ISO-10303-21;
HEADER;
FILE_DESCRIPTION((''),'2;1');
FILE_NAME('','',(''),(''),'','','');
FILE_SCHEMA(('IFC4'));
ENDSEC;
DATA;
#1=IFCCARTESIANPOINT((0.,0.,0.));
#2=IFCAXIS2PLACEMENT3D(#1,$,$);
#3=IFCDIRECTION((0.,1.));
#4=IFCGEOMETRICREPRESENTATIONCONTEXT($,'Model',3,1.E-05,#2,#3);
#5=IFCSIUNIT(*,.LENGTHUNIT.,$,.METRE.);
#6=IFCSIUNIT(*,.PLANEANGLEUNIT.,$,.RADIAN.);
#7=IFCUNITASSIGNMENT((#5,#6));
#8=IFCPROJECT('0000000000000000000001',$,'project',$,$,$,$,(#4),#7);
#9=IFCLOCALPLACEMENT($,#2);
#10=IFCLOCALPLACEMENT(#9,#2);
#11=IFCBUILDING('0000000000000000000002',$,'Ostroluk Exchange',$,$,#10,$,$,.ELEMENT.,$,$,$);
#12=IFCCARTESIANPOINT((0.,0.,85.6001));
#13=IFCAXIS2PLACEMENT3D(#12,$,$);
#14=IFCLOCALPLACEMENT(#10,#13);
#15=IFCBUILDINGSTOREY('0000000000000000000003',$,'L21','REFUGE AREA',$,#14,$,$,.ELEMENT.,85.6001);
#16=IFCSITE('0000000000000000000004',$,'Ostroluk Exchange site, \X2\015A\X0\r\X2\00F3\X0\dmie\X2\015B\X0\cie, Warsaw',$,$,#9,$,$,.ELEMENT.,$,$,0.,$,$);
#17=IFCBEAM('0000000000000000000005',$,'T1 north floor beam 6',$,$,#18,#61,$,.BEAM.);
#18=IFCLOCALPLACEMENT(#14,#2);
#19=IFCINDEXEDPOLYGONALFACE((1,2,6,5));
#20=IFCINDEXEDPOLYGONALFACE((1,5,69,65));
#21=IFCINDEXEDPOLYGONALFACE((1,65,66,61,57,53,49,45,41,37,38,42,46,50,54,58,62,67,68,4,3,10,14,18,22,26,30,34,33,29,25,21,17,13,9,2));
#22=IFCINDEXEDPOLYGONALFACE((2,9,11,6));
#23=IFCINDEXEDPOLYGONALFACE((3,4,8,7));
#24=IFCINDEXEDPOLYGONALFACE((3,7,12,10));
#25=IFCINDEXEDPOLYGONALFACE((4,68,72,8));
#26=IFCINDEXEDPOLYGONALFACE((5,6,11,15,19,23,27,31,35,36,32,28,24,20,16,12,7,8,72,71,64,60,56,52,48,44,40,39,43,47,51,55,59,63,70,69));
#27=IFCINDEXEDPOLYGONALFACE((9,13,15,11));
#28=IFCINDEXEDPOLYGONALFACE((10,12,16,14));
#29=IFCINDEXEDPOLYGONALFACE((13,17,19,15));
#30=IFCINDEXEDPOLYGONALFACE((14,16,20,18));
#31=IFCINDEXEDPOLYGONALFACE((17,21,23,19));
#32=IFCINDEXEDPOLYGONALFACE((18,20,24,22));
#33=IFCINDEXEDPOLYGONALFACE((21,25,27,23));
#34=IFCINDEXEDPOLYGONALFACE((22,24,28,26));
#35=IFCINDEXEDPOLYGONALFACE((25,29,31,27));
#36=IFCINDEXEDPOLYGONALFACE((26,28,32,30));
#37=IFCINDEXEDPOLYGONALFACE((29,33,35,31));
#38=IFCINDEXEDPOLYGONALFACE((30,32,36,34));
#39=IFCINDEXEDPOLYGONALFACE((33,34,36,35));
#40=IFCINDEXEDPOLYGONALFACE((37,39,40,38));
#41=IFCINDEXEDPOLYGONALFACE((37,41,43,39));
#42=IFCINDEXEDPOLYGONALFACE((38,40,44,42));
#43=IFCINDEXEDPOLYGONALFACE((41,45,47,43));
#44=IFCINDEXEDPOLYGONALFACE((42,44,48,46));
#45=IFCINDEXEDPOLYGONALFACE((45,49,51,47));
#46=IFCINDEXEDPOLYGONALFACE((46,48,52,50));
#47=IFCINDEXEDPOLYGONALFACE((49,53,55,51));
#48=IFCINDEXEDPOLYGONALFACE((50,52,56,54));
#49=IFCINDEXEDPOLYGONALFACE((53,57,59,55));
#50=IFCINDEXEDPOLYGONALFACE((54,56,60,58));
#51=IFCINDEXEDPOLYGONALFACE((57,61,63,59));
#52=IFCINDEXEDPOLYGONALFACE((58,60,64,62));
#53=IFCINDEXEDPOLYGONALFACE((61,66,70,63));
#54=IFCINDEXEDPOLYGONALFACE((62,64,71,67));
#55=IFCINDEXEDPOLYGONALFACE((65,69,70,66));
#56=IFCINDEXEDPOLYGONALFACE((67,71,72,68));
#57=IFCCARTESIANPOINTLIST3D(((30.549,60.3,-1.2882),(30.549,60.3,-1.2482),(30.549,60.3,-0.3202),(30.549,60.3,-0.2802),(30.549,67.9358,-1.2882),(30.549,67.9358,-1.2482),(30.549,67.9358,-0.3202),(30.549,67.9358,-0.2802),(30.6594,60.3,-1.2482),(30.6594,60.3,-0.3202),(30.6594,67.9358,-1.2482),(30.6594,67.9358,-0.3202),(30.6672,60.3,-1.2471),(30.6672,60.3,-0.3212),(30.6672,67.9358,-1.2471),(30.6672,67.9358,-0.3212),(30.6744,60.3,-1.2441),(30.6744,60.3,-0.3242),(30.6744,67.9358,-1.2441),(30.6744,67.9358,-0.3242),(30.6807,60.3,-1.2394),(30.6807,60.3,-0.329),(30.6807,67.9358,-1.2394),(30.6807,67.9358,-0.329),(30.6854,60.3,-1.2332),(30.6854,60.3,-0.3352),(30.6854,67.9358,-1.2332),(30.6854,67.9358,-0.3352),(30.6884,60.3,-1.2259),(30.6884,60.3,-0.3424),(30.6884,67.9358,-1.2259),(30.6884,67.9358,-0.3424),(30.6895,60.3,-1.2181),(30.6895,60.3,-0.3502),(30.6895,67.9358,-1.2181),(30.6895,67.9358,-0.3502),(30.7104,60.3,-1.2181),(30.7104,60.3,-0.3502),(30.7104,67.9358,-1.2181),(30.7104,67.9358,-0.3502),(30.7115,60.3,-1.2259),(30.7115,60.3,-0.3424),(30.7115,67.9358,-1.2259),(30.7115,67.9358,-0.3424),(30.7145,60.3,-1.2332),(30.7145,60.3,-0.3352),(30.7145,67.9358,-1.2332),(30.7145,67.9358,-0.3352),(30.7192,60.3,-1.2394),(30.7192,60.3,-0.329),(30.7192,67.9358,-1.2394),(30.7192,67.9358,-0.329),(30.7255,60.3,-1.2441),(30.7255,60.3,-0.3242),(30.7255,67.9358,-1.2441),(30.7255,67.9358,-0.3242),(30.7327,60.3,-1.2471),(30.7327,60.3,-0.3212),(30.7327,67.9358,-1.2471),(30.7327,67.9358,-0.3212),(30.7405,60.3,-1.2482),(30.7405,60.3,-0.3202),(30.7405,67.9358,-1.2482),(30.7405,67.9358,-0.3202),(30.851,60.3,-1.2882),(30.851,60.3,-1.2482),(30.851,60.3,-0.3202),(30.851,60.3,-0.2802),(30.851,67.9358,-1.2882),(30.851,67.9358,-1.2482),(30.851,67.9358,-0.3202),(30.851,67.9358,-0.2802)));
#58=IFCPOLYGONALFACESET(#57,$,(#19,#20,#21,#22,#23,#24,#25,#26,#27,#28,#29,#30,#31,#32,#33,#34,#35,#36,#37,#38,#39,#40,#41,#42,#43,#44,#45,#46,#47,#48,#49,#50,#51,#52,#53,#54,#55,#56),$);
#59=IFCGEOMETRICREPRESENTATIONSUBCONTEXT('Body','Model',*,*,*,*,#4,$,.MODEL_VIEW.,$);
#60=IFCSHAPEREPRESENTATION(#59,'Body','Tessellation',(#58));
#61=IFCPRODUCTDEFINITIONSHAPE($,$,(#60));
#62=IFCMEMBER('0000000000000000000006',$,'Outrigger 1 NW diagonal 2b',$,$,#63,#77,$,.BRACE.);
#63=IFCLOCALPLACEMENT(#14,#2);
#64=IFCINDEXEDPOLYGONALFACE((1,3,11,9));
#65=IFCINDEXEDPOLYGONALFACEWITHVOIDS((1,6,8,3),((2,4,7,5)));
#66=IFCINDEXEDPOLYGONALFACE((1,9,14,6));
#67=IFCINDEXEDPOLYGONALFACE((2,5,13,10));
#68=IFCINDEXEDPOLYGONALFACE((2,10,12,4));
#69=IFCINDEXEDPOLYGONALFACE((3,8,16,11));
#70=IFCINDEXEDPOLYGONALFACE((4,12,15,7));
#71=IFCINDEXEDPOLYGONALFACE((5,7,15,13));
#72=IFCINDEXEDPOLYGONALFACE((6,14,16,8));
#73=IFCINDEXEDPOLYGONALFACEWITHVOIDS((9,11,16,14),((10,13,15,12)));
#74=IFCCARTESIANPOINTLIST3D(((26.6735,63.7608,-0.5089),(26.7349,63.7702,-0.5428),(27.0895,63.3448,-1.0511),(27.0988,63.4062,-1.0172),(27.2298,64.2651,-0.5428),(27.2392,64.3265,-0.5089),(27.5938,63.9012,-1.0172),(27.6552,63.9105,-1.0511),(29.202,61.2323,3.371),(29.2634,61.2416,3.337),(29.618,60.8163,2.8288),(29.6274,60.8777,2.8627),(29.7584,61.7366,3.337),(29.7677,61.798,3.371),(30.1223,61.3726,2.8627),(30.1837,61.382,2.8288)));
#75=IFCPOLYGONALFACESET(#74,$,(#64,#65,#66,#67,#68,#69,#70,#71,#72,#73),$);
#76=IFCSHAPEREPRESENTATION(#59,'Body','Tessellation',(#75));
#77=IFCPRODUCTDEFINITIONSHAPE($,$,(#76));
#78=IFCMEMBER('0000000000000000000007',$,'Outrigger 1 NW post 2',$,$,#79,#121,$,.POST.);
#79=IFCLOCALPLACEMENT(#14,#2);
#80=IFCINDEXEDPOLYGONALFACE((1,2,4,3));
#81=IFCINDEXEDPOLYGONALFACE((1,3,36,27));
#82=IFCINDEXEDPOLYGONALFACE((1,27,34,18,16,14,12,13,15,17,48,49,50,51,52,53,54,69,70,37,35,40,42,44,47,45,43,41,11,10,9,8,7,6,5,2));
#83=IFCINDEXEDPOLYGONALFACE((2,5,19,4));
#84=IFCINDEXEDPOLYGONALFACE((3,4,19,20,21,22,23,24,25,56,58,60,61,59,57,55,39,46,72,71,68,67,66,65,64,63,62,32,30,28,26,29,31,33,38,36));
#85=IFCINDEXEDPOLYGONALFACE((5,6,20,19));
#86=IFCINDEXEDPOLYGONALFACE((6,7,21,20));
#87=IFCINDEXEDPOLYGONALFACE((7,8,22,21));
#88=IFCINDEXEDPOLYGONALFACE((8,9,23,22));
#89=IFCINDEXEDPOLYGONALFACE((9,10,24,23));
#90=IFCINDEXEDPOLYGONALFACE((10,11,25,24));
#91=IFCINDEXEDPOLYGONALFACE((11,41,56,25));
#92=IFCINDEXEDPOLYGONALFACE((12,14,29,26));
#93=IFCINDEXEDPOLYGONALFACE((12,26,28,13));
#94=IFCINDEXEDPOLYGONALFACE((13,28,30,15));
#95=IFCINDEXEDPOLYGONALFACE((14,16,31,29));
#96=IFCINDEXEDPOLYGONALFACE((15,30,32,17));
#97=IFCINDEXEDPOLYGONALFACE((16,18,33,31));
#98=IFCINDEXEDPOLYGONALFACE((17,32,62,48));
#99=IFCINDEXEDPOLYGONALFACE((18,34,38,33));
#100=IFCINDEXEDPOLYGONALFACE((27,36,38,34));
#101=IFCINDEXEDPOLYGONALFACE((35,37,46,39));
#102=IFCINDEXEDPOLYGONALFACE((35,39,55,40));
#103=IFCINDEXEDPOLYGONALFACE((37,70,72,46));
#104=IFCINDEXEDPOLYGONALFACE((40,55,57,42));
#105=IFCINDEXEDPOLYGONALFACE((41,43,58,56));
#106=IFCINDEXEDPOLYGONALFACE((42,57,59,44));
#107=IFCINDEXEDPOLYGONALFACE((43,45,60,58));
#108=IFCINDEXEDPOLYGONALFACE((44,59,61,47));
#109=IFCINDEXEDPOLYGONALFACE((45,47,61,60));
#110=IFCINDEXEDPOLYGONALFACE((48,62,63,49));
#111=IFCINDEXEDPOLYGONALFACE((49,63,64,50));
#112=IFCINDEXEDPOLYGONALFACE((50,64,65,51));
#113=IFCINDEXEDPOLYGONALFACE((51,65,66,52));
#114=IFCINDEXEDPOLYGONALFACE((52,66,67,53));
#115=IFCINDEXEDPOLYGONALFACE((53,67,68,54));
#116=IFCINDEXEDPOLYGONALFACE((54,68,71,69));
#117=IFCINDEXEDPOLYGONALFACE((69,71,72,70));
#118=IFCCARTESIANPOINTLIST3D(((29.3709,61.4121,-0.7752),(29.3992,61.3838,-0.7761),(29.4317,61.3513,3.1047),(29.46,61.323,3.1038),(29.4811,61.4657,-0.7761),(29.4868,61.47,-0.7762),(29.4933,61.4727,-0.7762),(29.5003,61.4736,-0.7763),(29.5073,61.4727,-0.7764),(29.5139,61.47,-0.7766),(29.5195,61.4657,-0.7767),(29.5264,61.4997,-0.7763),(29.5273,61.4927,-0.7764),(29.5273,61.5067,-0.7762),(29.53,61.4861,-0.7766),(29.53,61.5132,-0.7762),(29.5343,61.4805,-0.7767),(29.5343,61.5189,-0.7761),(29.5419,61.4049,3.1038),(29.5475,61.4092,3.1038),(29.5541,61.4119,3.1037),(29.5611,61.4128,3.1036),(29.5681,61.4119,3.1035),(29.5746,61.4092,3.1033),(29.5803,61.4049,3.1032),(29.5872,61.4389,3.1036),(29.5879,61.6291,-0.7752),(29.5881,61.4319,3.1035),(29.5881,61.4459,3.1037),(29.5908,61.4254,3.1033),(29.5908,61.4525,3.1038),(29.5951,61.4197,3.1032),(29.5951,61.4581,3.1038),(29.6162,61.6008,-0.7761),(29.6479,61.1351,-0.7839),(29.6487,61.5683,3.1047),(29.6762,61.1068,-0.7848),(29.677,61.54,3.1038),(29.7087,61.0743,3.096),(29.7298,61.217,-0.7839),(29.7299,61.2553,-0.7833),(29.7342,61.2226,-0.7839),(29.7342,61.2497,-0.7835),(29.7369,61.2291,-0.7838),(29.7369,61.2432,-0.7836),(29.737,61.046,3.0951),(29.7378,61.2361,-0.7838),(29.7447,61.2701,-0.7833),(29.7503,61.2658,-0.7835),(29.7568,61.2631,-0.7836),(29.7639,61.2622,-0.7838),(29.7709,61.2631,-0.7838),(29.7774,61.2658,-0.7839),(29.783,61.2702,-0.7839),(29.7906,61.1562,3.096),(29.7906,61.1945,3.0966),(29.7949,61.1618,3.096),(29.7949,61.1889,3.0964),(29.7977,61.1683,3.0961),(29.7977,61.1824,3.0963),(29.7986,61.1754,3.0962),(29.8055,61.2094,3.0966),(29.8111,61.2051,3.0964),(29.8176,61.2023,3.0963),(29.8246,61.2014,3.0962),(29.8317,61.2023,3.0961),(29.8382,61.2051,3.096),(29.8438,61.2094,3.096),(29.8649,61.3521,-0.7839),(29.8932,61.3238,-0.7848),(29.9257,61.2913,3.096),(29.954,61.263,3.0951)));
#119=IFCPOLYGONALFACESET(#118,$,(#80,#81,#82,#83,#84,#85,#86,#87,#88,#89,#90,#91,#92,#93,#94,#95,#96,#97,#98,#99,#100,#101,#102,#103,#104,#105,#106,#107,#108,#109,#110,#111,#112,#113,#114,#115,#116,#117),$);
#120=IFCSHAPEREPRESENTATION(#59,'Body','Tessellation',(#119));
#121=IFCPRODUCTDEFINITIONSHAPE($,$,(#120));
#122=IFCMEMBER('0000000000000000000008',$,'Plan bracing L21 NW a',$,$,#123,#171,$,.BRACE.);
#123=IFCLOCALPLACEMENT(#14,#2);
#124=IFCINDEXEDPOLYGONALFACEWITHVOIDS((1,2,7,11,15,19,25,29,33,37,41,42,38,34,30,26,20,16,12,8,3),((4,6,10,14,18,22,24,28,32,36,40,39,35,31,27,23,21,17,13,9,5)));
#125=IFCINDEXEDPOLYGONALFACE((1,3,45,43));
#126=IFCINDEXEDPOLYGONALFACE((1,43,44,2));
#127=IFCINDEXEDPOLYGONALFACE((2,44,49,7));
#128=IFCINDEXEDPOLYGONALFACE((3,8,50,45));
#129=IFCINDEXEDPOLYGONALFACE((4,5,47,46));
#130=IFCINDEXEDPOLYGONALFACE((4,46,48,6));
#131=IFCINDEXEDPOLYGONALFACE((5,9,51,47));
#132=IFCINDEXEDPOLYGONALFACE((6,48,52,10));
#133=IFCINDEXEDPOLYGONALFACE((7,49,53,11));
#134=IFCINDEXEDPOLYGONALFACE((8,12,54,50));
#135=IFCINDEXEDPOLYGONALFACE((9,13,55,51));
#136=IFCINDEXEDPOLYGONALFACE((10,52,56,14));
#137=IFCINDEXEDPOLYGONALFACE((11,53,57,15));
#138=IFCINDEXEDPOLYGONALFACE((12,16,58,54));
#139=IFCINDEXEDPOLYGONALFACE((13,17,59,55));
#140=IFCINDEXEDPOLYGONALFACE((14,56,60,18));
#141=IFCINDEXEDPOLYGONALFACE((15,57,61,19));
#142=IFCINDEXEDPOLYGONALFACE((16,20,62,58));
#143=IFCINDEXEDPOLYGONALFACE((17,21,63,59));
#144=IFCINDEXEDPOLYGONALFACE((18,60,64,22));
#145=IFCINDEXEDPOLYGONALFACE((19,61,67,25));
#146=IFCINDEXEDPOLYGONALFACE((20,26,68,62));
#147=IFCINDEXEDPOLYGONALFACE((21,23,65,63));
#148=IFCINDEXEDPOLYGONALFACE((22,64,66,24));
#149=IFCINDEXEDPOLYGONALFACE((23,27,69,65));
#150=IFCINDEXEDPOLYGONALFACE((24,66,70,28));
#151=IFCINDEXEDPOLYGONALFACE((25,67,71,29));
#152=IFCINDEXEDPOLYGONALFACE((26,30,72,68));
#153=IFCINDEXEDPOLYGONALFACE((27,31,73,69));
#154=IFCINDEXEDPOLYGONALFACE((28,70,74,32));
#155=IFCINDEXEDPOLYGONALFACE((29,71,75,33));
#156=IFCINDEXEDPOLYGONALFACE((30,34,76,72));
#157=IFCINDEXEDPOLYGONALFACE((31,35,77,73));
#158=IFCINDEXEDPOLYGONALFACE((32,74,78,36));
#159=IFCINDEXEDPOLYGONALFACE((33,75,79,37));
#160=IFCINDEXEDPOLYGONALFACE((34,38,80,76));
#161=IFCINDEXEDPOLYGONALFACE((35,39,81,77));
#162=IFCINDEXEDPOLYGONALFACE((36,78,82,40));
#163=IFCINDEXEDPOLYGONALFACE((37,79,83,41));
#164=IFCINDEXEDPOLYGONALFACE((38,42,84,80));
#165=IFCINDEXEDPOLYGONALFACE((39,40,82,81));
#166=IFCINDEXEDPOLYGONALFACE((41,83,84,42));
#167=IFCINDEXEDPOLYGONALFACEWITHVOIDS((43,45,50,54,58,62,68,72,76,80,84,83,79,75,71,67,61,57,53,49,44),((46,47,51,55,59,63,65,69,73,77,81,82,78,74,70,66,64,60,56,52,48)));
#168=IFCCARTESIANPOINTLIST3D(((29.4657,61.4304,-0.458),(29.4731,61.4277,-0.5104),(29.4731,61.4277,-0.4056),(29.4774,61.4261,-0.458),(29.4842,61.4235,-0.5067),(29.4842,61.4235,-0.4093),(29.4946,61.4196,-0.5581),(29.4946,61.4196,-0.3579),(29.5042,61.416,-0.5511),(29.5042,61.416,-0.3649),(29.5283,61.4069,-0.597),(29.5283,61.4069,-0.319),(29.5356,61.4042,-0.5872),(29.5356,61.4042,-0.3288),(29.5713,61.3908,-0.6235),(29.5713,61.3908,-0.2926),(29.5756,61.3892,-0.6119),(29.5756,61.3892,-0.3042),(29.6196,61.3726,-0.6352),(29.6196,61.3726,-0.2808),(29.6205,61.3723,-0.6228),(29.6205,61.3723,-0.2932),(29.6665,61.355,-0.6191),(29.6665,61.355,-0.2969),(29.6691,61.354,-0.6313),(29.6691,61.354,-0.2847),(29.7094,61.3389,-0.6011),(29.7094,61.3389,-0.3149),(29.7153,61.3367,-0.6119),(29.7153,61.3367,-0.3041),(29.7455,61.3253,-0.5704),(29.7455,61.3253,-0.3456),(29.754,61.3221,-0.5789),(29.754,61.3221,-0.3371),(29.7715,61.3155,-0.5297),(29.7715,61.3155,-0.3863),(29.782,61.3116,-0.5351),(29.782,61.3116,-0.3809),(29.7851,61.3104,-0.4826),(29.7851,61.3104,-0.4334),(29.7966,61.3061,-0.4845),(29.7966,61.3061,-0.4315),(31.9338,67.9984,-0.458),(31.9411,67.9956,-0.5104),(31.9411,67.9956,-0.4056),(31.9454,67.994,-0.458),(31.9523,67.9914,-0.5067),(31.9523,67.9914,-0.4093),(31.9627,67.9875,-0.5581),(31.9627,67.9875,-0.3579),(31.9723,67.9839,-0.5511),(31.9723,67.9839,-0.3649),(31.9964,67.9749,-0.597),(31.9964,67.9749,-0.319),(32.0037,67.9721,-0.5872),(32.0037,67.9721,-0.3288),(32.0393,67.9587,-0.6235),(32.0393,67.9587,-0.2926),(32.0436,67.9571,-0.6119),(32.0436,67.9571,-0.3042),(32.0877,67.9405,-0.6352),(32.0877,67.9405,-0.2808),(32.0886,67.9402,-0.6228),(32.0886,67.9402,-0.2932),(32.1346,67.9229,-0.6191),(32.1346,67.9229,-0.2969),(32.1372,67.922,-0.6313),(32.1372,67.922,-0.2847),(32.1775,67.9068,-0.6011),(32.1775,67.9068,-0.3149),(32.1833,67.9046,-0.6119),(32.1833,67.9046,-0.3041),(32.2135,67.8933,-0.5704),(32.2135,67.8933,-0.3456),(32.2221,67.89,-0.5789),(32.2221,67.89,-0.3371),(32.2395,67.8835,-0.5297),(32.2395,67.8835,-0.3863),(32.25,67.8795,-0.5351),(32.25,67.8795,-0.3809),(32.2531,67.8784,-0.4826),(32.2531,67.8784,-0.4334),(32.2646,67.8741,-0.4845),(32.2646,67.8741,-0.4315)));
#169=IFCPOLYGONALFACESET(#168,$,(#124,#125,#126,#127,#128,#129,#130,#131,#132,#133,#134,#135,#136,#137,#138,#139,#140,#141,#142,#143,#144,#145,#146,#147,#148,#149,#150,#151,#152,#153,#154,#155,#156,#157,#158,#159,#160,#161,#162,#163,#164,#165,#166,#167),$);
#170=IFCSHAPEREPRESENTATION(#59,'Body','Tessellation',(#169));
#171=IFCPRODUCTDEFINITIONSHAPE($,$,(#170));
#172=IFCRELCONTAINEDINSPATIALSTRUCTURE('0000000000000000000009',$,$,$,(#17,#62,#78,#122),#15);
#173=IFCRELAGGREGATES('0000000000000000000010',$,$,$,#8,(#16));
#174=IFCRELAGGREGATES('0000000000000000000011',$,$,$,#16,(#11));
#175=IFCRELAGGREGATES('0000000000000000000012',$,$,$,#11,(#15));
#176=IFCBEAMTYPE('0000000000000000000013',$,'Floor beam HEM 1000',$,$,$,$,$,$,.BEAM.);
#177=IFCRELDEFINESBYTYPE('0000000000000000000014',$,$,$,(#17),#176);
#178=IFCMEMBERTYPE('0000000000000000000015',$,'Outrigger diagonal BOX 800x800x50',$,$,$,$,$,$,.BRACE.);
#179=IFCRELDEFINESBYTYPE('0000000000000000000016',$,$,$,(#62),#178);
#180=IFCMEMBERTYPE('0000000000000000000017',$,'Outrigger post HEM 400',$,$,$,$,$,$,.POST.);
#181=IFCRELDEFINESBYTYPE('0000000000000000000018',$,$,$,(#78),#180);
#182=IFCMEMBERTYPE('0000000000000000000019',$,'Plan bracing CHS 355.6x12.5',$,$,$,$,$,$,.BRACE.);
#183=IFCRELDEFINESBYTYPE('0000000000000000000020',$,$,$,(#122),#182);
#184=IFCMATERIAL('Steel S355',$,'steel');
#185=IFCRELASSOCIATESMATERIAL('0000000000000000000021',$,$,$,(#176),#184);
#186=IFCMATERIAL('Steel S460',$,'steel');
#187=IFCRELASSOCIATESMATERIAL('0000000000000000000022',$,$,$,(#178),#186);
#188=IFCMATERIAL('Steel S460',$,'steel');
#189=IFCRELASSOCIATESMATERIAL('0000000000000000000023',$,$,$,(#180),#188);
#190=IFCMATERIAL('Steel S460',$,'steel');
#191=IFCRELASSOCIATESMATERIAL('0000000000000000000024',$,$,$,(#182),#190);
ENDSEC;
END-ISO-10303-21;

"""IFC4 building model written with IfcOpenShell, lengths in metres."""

from ifc_helpers import new_model, si_unit, direction, frame, origin, origin_2d, place, context, subcontext, project, spatial, hollow_rectangle, hollow_circle, i_section, extrude, material, material_profile, profile_set, type_object, element, save


model = new_model("IFC4")

# Units and contexts
model_context = context("Model", 3, precision=1e-05, world=origin(), true_north=direction((0.0, 1.0)))
body_context = subcontext(model_context, "Body", "Model", "MODEL_VIEW")
ifc_project = project(units=[si_unit("LENGTHUNIT", "METRE"), si_unit("PLANEANGLEUNIT", "RADIAN")], contexts=[model_context])

# Site, building, storey
site_placement = place(None, origin())
site = spatial("IfcSite", under=ifc_project, at=site_placement, Name="Ostroluk Exchange site, Śródmieście, Warsaw", CompositionType="ELEMENT", RefElevation=0.0)
building_placement = place(site_placement, origin())
building = spatial("IfcBuilding", under=site, at=building_placement, Name="Ostroluk Exchange", CompositionType="ELEMENT")
storey_placement = place(building_placement, frame((0.0, 0.0, 85.6001)))
storey = spatial("IfcBuildingStorey", under=building, at=storey_placement, Name="L21", Description="REFUGE AREA", CompositionType="ELEMENT", Elevation=85.6001)

# Beam
ifc_material_1 = material(Name="Steel S355", Category="steel")
ifc_material_profile_1 = material_profile(ifc_material_1, i_section(OverallWidth=0.302, OverallDepth=1.0081, WebThickness=0.021, FlangeThickness=0.04, FilletRadius=0.03, at=origin_2d()), Name="HEM 1000")
ifc_profile_set_1 = profile_set([ifc_material_profile_1], Name="Steel S355")
beam_type_1 = type_object("IfcBeamType", Name="Floor beam HEM 1000", PredefinedType="BEAM", material=ifc_profile_set_1)
beam_placement = place(storey_placement, frame((30.7, 60.3, -0.7842), z_axis=(0.0, 1.0, 0.0), x_axis=(-1.0, 0.0, 0.0)))
element("IfcBeam", 1, at=beam_placement, inside=storey, type_object=beam_type_1, Name="T1 north floor beam 6", PredefinedType="BEAM", context=body_context, shape_type="SweptSolid", body=[
    extrude(i_section(OverallWidth=0.302, OverallDepth=1.0081, WebThickness=0.021, FlangeThickness=0.04, FilletRadius=0.03, at=origin_2d()), origin(), (0.0, 0.0, 1.0), 7.6357),
])

# Members
ifc_material_2 = material(Name="Steel S460", Category="steel")
ifc_material_profile_2 = material_profile(ifc_material_2, hollow_rectangle(XDim=0.8, YDim=0.8, WallThickness=0.05, at=origin_2d()), Name="BOX 800x800x50")
ifc_profile_set_2 = profile_set([ifc_material_profile_2], Name="Steel S460")
member_type_1 = type_object("IfcMemberType", Name="Outrigger diagonal BOX 800x800x50", PredefinedType="BRACE", material=ifc_profile_set_2)
member_1_placement = place(storey_placement, frame((29.6929, 61.3071, 3.0999), z_axis=(-0.479218, 0.479218, -0.735323), x_axis=(-0.707107, -0.707107, 0.0)))
element("IfcMember", 2, at=member_1_placement, inside=storey, type_object=member_type_1, Name="Outrigger 1 NW diagonal 2b", PredefinedType="BRACE", context=body_context, shape_type="SweptSolid", body=[
    extrude(hollow_rectangle(XDim=0.8, YDim=0.8, WallThickness=0.05, at=origin_2d()), origin(), (0.0, 0.0, 1.0), 5.2764),
])
ifc_material_3 = material(Name="Steel S460", Category="steel")
ifc_material_profile_3 = material_profile(ifc_material_3, i_section(OverallWidth=0.3069, OverallDepth=0.4319, WebThickness=0.021, FlangeThickness=0.04, FilletRadius=0.0271, at=origin_2d()), Name="HEM 400")
ifc_profile_set_3 = profile_set([ifc_material_profile_3], Name="Steel S460")
member_type_2 = type_object("IfcMemberType", Name="Outrigger post HEM 400", PredefinedType="POST", material=ifc_profile_set_3)
member_2_placement = place(storey_placement, frame((29.6321, 61.3679, -0.78), z_axis=(0.015664, -0.015664, 0.999755), x_axis=(0.707107, 0.707107, 0.0)))
element("IfcMember", 3, at=member_2_placement, inside=storey, type_object=member_type_2, Name="Outrigger 1 NW post 2", PredefinedType="POST", context=body_context, shape_type="SweptSolid", body=[
    extrude(i_section(OverallWidth=0.3069, OverallDepth=0.4319, WebThickness=0.021, FlangeThickness=0.04, FilletRadius=0.0271, at=origin_2d()), origin(), (0.0, 0.0, 1.0), 3.8809),
])
ifc_material_4 = material(Name="Steel S460", Category="steel")
ifc_material_profile_4 = material_profile(ifc_material_4, hollow_circle(Radius=0.1777, WallThickness=0.0125, at=origin_2d()), Name="CHS 355.6x12.5")
ifc_profile_set_4 = profile_set([ifc_material_profile_4], Name="Steel S460")
member_type_3 = type_object("IfcMemberType", Name="Plan bracing CHS 355.6x12.5", PredefinedType="BRACE", material=ifc_profile_set_4)
for number, where, z_axis, x_axis, name in (
    (4, (29.6321, 61.3679, -0.458), (0.351756, 0.936092, 0.0), (-0.936092, 0.351756, 0.0), "Plan bracing L21 NW a"),
):
    element("IfcMember", number, at=place(storey_placement, frame(where, z_axis=z_axis, x_axis=x_axis)), inside=storey, type_object=member_type_3, Name=name, PredefinedType="BRACE", context=body_context, shape_type="SweptSolid", body=[
        extrude(hollow_circle(Radius=0.1777, WallThickness=0.0125, at=origin_2d()), origin(), (0.0, 0.0, 1.0), 7.0164),
    ])

save(model, "model.ifc")
